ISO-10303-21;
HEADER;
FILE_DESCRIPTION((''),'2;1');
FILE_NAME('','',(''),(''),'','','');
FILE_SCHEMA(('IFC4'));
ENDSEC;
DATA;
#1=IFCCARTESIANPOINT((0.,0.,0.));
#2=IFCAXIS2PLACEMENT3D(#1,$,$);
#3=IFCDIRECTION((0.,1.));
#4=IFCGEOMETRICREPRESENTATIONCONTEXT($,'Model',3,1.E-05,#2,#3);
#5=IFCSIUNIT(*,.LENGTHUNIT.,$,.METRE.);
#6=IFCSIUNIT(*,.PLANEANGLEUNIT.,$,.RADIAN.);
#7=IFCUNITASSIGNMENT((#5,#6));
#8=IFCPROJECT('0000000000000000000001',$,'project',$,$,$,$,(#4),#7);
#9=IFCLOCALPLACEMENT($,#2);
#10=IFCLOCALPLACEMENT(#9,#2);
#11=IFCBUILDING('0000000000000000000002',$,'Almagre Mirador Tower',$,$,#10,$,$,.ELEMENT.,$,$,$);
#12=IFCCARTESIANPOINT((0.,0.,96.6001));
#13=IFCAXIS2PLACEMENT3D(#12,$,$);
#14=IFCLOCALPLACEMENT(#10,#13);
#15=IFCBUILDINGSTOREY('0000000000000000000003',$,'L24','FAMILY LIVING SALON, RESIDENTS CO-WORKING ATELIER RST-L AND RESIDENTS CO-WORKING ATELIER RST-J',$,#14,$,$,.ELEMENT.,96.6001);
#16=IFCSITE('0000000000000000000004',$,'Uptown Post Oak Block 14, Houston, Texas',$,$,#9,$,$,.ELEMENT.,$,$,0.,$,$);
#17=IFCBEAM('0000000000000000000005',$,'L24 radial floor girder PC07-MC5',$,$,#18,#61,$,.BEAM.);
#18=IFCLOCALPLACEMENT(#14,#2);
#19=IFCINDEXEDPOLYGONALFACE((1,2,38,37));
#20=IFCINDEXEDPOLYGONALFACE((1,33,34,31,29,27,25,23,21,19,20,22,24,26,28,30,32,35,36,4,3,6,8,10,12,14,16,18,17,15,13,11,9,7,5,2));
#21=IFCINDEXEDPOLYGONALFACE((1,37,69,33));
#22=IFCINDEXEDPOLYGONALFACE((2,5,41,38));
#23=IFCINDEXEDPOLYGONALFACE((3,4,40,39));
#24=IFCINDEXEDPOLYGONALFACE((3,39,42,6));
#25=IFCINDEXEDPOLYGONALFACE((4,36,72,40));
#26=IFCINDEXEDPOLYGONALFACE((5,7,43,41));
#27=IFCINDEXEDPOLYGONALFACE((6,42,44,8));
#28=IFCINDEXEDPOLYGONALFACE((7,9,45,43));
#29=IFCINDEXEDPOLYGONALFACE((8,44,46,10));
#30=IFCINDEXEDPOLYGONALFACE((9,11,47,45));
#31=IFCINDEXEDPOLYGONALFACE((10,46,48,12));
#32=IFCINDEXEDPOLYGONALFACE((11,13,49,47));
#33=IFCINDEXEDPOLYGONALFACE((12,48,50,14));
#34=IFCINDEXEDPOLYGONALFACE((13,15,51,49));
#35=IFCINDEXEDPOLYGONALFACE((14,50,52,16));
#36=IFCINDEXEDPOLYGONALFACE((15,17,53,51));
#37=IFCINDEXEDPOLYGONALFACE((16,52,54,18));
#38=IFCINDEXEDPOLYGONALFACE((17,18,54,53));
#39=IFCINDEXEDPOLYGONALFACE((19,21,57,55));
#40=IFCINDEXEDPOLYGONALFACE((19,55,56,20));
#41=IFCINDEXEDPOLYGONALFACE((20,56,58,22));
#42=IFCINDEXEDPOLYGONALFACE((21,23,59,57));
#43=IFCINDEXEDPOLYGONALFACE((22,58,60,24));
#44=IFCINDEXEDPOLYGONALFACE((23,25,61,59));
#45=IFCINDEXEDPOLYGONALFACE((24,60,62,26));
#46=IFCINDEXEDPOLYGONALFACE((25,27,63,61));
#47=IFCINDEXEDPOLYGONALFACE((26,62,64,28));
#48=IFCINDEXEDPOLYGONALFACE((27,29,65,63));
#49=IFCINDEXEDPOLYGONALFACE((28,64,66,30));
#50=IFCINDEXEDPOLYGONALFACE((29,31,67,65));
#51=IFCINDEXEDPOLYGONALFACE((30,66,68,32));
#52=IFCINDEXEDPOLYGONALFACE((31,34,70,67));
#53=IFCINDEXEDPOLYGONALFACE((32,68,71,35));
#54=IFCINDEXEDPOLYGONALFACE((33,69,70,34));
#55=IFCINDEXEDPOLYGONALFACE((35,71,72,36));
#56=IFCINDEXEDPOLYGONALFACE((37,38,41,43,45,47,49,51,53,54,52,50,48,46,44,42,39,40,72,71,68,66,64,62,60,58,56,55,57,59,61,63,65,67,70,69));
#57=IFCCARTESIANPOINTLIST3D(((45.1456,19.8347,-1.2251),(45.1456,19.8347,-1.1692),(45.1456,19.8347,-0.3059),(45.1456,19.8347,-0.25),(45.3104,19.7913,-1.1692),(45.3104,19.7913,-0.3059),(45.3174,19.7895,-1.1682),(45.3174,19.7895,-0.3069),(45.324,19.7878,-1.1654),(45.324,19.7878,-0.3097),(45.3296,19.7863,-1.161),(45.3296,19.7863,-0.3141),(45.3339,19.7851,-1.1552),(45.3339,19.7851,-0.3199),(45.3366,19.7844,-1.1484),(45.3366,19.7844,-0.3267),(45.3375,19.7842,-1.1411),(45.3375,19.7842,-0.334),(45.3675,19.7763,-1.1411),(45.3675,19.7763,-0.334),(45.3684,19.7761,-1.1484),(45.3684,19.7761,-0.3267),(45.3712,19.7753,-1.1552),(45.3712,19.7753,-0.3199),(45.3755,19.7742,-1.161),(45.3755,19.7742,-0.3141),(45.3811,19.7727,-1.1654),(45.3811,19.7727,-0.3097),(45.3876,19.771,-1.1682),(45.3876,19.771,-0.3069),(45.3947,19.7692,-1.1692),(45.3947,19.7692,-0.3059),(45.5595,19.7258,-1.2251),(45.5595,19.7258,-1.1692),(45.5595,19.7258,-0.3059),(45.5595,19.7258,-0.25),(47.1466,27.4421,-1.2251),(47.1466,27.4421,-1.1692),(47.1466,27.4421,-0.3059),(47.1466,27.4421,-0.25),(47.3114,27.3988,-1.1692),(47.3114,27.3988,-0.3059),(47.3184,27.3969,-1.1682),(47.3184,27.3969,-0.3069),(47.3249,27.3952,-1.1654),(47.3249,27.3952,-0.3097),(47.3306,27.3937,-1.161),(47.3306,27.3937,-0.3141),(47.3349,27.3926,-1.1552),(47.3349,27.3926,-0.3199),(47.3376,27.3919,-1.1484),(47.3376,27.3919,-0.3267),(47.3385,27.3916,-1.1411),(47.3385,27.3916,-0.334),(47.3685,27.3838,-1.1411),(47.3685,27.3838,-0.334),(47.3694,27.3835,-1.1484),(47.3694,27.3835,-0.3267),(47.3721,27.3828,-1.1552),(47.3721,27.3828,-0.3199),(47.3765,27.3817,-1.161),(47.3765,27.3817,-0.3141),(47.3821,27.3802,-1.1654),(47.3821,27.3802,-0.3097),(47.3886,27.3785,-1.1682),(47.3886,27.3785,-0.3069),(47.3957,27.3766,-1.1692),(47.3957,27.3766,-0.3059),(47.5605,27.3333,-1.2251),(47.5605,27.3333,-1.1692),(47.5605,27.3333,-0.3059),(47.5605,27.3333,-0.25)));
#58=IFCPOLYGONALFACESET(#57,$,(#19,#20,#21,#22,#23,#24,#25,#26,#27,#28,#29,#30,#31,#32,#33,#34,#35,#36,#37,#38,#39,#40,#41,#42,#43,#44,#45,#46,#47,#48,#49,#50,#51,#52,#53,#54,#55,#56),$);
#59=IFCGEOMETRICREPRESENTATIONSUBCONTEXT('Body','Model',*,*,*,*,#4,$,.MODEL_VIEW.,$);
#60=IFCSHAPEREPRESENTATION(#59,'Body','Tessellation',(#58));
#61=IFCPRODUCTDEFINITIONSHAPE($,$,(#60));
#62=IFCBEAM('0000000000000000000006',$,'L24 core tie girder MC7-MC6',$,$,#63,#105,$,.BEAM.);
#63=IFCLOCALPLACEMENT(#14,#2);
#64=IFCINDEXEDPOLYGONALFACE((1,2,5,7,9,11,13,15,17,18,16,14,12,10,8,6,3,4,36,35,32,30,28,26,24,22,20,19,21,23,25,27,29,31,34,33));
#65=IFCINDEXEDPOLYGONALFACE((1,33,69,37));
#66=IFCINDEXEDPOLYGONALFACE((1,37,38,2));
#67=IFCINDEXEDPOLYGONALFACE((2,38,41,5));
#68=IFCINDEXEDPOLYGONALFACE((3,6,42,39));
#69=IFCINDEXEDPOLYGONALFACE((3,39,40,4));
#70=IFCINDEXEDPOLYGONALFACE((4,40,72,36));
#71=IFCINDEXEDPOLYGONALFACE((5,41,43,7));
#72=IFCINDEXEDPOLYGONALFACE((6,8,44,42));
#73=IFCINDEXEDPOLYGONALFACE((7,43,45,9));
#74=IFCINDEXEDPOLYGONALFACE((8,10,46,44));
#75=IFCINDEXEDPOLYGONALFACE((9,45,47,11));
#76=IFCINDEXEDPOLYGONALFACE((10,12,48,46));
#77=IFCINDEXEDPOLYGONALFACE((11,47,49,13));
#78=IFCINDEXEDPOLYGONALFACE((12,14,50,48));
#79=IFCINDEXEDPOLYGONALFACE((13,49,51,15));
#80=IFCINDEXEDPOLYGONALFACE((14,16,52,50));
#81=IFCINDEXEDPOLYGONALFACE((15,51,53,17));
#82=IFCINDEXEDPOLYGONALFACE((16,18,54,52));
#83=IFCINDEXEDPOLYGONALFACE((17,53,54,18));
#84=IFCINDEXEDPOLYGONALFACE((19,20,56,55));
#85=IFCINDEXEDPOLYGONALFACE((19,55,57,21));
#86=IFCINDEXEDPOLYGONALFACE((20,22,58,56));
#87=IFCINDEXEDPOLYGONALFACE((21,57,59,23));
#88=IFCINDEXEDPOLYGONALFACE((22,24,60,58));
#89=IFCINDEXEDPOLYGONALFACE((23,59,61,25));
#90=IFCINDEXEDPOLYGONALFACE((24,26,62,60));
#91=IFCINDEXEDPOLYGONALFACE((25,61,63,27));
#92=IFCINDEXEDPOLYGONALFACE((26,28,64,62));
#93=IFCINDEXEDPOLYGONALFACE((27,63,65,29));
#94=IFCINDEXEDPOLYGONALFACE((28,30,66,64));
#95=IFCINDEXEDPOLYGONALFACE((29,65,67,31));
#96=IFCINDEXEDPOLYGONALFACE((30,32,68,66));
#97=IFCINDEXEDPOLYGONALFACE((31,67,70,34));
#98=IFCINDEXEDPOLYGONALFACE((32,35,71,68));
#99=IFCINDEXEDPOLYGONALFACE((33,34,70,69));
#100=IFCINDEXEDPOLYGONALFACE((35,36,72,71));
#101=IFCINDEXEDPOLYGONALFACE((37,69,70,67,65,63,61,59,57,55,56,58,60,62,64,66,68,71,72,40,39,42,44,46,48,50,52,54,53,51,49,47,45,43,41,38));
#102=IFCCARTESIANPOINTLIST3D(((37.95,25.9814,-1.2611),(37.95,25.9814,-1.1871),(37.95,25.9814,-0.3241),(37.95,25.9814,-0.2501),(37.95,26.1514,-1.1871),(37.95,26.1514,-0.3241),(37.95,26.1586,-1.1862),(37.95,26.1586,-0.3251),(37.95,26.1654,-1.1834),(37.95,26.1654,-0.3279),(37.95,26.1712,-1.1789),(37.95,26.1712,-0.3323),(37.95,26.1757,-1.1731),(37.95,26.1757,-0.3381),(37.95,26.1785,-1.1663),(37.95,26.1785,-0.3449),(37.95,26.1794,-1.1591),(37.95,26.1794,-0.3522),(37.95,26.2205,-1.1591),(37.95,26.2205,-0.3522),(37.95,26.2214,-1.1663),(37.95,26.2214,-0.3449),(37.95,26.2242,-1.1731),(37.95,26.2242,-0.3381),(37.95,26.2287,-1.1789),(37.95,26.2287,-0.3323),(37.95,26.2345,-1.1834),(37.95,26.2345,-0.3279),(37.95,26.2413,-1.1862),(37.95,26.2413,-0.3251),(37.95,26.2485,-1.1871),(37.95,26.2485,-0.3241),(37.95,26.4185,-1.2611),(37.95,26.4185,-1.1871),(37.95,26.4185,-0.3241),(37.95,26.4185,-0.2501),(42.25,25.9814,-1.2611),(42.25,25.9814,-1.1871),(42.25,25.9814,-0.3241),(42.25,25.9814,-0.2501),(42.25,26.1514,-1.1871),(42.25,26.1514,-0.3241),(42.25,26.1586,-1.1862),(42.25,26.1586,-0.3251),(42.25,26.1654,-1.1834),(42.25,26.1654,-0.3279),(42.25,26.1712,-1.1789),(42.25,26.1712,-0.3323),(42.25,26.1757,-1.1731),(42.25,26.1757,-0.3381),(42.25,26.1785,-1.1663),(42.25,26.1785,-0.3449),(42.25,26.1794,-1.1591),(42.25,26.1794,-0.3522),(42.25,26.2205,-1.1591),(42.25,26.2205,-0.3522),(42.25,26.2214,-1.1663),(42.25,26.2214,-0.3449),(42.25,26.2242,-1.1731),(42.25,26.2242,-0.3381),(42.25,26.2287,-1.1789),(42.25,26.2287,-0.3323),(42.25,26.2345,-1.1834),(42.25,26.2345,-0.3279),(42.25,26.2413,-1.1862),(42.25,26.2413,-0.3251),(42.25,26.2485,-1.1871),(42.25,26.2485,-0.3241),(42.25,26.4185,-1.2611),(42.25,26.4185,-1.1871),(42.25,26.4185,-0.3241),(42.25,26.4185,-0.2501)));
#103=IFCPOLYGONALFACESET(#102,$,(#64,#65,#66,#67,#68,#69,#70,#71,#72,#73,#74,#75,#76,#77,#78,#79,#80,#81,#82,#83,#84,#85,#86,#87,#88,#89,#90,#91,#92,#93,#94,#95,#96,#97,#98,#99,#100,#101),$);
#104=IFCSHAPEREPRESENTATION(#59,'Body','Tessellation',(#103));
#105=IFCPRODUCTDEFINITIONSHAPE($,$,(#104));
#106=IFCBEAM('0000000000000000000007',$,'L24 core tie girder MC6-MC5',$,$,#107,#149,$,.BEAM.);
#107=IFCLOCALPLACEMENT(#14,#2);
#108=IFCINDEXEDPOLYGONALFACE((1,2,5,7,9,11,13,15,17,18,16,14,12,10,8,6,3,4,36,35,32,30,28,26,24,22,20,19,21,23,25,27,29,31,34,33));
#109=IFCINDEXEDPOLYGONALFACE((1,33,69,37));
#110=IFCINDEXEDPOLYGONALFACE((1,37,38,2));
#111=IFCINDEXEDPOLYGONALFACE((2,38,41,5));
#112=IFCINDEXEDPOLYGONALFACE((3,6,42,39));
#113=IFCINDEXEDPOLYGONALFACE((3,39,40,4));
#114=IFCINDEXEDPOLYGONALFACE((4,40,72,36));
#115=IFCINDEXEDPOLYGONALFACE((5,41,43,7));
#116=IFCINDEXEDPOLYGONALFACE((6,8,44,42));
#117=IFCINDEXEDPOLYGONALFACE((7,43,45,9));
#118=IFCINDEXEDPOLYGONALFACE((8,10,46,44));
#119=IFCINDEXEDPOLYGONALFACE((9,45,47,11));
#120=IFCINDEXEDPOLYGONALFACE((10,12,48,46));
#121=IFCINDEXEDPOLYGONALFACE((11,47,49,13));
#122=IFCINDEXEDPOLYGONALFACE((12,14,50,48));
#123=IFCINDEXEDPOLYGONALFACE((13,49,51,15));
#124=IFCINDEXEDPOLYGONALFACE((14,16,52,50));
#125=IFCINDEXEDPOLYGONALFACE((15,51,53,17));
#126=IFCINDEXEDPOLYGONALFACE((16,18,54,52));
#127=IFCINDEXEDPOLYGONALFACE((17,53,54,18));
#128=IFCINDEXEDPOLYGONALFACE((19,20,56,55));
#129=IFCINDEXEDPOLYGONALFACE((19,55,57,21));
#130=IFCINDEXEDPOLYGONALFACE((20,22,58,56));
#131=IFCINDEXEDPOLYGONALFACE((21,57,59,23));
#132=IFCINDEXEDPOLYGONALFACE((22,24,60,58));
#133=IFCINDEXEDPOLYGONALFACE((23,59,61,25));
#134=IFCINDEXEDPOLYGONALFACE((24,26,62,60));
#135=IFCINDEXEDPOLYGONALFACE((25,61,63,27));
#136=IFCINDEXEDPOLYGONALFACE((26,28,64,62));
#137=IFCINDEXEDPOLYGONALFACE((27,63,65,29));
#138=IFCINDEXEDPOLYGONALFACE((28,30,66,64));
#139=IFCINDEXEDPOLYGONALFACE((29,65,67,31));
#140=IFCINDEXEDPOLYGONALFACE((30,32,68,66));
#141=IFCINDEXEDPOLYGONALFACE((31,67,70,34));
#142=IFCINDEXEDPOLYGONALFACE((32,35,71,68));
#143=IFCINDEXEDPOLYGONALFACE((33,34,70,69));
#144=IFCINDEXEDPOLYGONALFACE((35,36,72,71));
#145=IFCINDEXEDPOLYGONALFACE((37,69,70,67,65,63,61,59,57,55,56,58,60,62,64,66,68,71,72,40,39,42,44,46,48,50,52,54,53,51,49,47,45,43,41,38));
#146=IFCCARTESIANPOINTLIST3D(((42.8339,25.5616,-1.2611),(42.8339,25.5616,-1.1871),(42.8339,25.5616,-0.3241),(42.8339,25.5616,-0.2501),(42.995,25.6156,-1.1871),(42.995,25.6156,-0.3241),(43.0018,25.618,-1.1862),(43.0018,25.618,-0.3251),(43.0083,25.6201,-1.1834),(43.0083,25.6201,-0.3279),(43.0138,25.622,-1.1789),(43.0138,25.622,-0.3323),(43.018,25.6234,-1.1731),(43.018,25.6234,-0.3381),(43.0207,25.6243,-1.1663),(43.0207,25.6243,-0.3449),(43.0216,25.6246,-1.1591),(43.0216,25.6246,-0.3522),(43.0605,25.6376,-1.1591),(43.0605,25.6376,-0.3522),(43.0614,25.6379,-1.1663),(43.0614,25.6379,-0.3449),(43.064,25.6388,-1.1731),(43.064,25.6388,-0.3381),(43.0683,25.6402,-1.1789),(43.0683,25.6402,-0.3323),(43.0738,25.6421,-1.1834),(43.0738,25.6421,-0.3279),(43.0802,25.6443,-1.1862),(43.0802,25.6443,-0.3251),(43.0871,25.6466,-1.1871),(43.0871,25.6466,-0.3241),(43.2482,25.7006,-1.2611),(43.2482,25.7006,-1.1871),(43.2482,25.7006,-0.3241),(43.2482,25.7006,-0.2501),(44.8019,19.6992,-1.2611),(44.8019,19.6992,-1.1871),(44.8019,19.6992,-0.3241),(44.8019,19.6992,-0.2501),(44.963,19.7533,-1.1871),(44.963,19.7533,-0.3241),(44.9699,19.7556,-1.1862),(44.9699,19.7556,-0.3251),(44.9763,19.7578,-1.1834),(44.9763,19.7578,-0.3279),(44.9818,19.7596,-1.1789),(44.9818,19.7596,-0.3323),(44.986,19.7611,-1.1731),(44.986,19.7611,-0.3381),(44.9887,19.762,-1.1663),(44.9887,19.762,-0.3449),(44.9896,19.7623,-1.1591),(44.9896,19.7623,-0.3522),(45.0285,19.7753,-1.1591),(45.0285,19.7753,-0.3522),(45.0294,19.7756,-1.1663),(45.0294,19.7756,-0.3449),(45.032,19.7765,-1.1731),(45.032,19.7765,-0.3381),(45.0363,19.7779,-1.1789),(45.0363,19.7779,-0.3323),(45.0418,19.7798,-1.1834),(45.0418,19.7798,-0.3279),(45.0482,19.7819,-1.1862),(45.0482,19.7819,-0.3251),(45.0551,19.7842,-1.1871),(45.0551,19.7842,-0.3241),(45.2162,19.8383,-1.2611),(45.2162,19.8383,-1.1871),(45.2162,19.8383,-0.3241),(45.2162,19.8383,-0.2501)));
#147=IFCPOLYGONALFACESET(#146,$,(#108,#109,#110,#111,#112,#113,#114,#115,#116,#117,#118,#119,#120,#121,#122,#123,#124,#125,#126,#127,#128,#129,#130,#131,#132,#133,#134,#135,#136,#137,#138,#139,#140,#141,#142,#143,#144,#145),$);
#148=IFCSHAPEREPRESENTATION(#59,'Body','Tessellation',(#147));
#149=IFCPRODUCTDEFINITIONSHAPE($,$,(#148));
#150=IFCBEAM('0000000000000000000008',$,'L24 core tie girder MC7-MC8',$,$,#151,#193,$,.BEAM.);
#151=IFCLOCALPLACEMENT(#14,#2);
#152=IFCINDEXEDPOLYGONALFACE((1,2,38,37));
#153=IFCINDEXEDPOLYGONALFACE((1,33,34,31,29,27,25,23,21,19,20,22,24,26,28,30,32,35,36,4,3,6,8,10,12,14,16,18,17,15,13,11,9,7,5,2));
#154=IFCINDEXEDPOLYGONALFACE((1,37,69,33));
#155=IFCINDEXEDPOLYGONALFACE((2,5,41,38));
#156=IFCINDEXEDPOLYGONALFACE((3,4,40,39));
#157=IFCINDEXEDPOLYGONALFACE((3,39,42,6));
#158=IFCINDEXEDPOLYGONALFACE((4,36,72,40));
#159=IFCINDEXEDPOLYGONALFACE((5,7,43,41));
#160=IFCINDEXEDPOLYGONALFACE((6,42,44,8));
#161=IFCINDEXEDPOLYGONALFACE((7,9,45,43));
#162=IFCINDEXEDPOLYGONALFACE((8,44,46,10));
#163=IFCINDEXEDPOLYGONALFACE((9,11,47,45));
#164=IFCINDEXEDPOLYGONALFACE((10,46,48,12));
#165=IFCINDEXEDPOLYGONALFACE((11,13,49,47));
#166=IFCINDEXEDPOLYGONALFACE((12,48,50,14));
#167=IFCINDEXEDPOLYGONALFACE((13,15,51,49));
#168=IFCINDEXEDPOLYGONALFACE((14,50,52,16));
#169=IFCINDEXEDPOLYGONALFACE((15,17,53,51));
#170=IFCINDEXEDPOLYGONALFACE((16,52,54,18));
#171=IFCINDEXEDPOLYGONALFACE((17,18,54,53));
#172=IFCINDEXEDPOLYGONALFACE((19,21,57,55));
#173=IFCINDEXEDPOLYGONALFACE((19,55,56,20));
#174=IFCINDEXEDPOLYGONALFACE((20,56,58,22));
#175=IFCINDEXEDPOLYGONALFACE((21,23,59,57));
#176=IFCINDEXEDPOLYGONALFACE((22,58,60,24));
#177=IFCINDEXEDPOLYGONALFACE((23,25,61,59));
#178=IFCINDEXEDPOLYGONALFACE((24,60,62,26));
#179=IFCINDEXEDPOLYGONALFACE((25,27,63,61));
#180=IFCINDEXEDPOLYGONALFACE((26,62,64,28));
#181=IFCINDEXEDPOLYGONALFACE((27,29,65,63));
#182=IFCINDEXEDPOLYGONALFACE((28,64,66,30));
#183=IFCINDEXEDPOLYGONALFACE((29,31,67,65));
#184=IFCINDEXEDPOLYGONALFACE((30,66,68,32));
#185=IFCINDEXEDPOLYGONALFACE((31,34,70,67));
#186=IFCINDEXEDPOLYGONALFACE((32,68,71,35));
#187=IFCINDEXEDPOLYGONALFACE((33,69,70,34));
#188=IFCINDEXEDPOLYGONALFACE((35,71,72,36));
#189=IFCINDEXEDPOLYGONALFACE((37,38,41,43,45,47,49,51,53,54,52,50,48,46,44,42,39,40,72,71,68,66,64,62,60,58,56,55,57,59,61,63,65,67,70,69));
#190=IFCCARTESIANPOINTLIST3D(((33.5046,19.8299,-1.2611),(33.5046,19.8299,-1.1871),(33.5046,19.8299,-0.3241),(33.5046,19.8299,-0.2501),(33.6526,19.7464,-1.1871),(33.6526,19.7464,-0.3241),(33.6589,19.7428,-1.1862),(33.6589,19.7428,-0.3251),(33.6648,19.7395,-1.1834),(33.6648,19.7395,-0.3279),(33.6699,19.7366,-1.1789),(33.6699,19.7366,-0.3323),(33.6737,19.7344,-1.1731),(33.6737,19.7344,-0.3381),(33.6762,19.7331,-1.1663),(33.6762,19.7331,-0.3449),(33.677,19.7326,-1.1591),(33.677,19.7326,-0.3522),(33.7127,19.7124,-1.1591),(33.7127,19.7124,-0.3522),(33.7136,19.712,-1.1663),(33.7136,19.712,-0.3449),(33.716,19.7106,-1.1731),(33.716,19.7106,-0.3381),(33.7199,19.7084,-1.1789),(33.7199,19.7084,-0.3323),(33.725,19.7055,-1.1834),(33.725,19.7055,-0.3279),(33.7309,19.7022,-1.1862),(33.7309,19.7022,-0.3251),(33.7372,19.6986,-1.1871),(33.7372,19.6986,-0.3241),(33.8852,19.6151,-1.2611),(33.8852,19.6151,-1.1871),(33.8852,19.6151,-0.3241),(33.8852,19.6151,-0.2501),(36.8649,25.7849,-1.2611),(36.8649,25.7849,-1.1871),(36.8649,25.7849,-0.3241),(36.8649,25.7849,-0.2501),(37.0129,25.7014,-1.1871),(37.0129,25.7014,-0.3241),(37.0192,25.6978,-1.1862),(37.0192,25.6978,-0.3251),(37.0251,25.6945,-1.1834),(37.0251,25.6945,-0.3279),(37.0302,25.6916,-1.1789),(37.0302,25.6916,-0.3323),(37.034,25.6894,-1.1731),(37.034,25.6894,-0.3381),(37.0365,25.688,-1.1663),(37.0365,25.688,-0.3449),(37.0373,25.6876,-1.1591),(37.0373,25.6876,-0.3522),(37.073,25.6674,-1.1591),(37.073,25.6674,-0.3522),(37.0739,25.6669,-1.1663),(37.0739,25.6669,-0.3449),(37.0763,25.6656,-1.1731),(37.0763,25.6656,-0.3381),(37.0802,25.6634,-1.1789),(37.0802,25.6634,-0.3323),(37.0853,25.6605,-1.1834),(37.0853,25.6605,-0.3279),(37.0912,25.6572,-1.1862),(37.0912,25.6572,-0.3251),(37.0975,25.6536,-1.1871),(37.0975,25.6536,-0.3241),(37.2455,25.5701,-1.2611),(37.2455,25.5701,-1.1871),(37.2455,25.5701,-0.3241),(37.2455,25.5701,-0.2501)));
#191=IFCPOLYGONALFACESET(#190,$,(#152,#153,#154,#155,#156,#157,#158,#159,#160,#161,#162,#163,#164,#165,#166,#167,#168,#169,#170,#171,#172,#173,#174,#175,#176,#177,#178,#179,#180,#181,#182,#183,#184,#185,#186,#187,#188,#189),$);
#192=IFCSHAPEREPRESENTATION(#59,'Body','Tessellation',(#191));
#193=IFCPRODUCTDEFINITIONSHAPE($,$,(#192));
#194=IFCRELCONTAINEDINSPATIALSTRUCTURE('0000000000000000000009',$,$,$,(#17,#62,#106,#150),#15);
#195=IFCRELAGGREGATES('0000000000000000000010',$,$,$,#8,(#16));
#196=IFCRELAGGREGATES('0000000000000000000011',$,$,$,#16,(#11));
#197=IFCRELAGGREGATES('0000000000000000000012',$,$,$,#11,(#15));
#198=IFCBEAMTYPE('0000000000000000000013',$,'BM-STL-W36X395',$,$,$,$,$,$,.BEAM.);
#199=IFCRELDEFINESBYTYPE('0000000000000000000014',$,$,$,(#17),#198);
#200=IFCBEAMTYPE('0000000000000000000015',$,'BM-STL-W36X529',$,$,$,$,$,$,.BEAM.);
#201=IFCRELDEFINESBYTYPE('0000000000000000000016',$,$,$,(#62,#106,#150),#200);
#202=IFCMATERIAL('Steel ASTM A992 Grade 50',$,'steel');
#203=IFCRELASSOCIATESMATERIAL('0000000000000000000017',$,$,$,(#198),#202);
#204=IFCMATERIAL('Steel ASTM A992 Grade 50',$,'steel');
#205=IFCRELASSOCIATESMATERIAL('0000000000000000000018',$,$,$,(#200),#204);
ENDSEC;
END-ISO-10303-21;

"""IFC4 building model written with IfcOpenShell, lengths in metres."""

from ifc_helpers import new_model, si_unit, direction, frame, origin, origin_2d, place, context, subcontext, project, spatial, i_section, extrude, material, material_profile, profile_set, type_object, element, save


model = new_model("IFC4")

# Units and contexts
model_context = context("Model", 3, precision=1e-05, world=origin(), true_north=direction((0.0, 1.0)))
body_context = subcontext(model_context, "Body", "Model", "MODEL_VIEW")
ifc_project = project(units=[si_unit("LENGTHUNIT", "METRE"), si_unit("PLANEANGLEUNIT", "RADIAN")], contexts=[model_context])

# Site, building, storey
site_placement = place(None, origin())
site = spatial("IfcSite", under=ifc_project, at=site_placement, Name="Uptown Post Oak Block 14, Houston, Texas", CompositionType="ELEMENT", RefElevation=0.0)
building_placement = place(site_placement, origin())
building = spatial("IfcBuilding", under=site, at=building_placement, Name="Almagre Mirador Tower", CompositionType="ELEMENT")
storey_placement = place(building_placement, frame((0.0, 0.0, 96.6001)))
storey = spatial("IfcBuildingStorey", under=building, at=storey_placement, Name="L24", Description="FAMILY LIVING SALON, RESIDENTS CO-WORKING ATELIER RST-L AND RESIDENTS CO-WORKING ATELIER RST-J", CompositionType="ELEMENT", Elevation=96.6001)

# Beams
ifc_material_1 = material(Name="Steel ASTM A992 Grade 50", Category="steel")
ifc_material_profile_1 = material_profile(ifc_material_1, i_section(OverallWidth=0.428, OverallDepth=0.9751, WebThickness=0.031, FlangeThickness=0.0559, FilletRadius=0.0281, at=origin_2d()), Name="W36X395")
ifc_profile_set_1 = profile_set([ifc_material_profile_1], Name="Steel ASTM A992 Grade 50")
beam_type_1 = type_object("IfcBeamType", Name="BM-STL-W36X395", PredefinedType="BEAM", material=ifc_profile_set_1)
beam_1_placement = place(storey_placement, frame((47.3535, 27.3877, -0.7375), z_axis=(-0.254377, -0.967105, 0.0), x_axis=(0.967105, -0.254377, 0.0)))
element("IfcBeam", 1, at=beam_1_placement, inside=storey, type_object=beam_type_1, Name="L24 radial floor girder PC07-MC5", PredefinedType="BEAM", context=body_context, shape_type="SweptSolid", body=[
    extrude(i_section(OverallWidth=0.428, OverallDepth=0.9751, WebThickness=0.031, FlangeThickness=0.0559, FilletRadius=0.0281, at=origin_2d()), origin(), (0.0, 0.0, 1.0), 7.8662),
])
ifc_material_2 = material(Name="Steel ASTM A992 Grade 50", Category="steel")
ifc_material_profile_2 = material_profile(ifc_material_2, i_section(OverallWidth=0.437, OverallDepth=1.011, WebThickness=0.041, FlangeThickness=0.074, FilletRadius=0.0281, at=origin_2d()), Name="W36X529")
ifc_profile_set_2 = profile_set([ifc_material_profile_2], Name="Steel ASTM A992 Grade 50")
beam_type_2 = type_object("IfcBeamType", Name="BM-STL-W36X529", PredefinedType="BEAM", material=ifc_profile_set_2)
beam_2_placement = place(storey_placement, frame((37.95, 26.2, -0.7556), z_axis=(1.0, 0.0, 0.0), x_axis=(0.0, 1.0, 0.0)))
element("IfcBeam", 2, at=beam_2_placement, inside=storey, type_object=beam_type_2, Name="L24 core tie girder MC7-MC6", PredefinedType="BEAM", context=body_context, shape_type="SweptSolid", body=[
    extrude(i_section(OverallWidth=0.437, OverallDepth=1.011, WebThickness=0.041, FlangeThickness=0.074, FilletRadius=0.0281, at=origin_2d()), origin(), (0.0, 0.0, 1.0), 4.3),
])
beam_3_placement = place(storey_placement, frame((43.041, 25.6311, -0.7556), z_axis=(0.318252, -0.948006, 0.0), x_axis=(0.948006, 0.318252, 0.0)))
element("IfcBeam", 3, at=beam_3_placement, inside=storey, type_object=beam_type_2, Name="L24 core tie girder MC6-MC5", PredefinedType="BEAM", context=body_context, shape_type="SweptSolid", body=[
    extrude(i_section(OverallWidth=0.437, OverallDepth=1.011, WebThickness=0.041, FlangeThickness=0.074, FilletRadius=0.0281, at=origin_2d()), origin(), (0.0, 0.0, 1.0), 6.1838),
])
beam_4_placement = place(storey_placement, frame((37.0552, 25.6775, -0.7556), z_axis=(-0.491441, -0.870911, 0.0), x_axis=(0.870911, -0.491441, 0.0)))
element("IfcBeam", 4, at=beam_4_placement, inside=storey, type_object=beam_type_2, Name="L24 core tie girder MC7-MC8", PredefinedType="BEAM", context=body_context, shape_type="SweptSolid", body=[
    extrude(i_section(OverallWidth=0.437, OverallDepth=1.011, WebThickness=0.041, FlangeThickness=0.074, FilletRadius=0.0281, at=origin_2d()), origin(), (0.0, 0.0, 1.0), 6.8376),
])

save(model, "model.ifc")
